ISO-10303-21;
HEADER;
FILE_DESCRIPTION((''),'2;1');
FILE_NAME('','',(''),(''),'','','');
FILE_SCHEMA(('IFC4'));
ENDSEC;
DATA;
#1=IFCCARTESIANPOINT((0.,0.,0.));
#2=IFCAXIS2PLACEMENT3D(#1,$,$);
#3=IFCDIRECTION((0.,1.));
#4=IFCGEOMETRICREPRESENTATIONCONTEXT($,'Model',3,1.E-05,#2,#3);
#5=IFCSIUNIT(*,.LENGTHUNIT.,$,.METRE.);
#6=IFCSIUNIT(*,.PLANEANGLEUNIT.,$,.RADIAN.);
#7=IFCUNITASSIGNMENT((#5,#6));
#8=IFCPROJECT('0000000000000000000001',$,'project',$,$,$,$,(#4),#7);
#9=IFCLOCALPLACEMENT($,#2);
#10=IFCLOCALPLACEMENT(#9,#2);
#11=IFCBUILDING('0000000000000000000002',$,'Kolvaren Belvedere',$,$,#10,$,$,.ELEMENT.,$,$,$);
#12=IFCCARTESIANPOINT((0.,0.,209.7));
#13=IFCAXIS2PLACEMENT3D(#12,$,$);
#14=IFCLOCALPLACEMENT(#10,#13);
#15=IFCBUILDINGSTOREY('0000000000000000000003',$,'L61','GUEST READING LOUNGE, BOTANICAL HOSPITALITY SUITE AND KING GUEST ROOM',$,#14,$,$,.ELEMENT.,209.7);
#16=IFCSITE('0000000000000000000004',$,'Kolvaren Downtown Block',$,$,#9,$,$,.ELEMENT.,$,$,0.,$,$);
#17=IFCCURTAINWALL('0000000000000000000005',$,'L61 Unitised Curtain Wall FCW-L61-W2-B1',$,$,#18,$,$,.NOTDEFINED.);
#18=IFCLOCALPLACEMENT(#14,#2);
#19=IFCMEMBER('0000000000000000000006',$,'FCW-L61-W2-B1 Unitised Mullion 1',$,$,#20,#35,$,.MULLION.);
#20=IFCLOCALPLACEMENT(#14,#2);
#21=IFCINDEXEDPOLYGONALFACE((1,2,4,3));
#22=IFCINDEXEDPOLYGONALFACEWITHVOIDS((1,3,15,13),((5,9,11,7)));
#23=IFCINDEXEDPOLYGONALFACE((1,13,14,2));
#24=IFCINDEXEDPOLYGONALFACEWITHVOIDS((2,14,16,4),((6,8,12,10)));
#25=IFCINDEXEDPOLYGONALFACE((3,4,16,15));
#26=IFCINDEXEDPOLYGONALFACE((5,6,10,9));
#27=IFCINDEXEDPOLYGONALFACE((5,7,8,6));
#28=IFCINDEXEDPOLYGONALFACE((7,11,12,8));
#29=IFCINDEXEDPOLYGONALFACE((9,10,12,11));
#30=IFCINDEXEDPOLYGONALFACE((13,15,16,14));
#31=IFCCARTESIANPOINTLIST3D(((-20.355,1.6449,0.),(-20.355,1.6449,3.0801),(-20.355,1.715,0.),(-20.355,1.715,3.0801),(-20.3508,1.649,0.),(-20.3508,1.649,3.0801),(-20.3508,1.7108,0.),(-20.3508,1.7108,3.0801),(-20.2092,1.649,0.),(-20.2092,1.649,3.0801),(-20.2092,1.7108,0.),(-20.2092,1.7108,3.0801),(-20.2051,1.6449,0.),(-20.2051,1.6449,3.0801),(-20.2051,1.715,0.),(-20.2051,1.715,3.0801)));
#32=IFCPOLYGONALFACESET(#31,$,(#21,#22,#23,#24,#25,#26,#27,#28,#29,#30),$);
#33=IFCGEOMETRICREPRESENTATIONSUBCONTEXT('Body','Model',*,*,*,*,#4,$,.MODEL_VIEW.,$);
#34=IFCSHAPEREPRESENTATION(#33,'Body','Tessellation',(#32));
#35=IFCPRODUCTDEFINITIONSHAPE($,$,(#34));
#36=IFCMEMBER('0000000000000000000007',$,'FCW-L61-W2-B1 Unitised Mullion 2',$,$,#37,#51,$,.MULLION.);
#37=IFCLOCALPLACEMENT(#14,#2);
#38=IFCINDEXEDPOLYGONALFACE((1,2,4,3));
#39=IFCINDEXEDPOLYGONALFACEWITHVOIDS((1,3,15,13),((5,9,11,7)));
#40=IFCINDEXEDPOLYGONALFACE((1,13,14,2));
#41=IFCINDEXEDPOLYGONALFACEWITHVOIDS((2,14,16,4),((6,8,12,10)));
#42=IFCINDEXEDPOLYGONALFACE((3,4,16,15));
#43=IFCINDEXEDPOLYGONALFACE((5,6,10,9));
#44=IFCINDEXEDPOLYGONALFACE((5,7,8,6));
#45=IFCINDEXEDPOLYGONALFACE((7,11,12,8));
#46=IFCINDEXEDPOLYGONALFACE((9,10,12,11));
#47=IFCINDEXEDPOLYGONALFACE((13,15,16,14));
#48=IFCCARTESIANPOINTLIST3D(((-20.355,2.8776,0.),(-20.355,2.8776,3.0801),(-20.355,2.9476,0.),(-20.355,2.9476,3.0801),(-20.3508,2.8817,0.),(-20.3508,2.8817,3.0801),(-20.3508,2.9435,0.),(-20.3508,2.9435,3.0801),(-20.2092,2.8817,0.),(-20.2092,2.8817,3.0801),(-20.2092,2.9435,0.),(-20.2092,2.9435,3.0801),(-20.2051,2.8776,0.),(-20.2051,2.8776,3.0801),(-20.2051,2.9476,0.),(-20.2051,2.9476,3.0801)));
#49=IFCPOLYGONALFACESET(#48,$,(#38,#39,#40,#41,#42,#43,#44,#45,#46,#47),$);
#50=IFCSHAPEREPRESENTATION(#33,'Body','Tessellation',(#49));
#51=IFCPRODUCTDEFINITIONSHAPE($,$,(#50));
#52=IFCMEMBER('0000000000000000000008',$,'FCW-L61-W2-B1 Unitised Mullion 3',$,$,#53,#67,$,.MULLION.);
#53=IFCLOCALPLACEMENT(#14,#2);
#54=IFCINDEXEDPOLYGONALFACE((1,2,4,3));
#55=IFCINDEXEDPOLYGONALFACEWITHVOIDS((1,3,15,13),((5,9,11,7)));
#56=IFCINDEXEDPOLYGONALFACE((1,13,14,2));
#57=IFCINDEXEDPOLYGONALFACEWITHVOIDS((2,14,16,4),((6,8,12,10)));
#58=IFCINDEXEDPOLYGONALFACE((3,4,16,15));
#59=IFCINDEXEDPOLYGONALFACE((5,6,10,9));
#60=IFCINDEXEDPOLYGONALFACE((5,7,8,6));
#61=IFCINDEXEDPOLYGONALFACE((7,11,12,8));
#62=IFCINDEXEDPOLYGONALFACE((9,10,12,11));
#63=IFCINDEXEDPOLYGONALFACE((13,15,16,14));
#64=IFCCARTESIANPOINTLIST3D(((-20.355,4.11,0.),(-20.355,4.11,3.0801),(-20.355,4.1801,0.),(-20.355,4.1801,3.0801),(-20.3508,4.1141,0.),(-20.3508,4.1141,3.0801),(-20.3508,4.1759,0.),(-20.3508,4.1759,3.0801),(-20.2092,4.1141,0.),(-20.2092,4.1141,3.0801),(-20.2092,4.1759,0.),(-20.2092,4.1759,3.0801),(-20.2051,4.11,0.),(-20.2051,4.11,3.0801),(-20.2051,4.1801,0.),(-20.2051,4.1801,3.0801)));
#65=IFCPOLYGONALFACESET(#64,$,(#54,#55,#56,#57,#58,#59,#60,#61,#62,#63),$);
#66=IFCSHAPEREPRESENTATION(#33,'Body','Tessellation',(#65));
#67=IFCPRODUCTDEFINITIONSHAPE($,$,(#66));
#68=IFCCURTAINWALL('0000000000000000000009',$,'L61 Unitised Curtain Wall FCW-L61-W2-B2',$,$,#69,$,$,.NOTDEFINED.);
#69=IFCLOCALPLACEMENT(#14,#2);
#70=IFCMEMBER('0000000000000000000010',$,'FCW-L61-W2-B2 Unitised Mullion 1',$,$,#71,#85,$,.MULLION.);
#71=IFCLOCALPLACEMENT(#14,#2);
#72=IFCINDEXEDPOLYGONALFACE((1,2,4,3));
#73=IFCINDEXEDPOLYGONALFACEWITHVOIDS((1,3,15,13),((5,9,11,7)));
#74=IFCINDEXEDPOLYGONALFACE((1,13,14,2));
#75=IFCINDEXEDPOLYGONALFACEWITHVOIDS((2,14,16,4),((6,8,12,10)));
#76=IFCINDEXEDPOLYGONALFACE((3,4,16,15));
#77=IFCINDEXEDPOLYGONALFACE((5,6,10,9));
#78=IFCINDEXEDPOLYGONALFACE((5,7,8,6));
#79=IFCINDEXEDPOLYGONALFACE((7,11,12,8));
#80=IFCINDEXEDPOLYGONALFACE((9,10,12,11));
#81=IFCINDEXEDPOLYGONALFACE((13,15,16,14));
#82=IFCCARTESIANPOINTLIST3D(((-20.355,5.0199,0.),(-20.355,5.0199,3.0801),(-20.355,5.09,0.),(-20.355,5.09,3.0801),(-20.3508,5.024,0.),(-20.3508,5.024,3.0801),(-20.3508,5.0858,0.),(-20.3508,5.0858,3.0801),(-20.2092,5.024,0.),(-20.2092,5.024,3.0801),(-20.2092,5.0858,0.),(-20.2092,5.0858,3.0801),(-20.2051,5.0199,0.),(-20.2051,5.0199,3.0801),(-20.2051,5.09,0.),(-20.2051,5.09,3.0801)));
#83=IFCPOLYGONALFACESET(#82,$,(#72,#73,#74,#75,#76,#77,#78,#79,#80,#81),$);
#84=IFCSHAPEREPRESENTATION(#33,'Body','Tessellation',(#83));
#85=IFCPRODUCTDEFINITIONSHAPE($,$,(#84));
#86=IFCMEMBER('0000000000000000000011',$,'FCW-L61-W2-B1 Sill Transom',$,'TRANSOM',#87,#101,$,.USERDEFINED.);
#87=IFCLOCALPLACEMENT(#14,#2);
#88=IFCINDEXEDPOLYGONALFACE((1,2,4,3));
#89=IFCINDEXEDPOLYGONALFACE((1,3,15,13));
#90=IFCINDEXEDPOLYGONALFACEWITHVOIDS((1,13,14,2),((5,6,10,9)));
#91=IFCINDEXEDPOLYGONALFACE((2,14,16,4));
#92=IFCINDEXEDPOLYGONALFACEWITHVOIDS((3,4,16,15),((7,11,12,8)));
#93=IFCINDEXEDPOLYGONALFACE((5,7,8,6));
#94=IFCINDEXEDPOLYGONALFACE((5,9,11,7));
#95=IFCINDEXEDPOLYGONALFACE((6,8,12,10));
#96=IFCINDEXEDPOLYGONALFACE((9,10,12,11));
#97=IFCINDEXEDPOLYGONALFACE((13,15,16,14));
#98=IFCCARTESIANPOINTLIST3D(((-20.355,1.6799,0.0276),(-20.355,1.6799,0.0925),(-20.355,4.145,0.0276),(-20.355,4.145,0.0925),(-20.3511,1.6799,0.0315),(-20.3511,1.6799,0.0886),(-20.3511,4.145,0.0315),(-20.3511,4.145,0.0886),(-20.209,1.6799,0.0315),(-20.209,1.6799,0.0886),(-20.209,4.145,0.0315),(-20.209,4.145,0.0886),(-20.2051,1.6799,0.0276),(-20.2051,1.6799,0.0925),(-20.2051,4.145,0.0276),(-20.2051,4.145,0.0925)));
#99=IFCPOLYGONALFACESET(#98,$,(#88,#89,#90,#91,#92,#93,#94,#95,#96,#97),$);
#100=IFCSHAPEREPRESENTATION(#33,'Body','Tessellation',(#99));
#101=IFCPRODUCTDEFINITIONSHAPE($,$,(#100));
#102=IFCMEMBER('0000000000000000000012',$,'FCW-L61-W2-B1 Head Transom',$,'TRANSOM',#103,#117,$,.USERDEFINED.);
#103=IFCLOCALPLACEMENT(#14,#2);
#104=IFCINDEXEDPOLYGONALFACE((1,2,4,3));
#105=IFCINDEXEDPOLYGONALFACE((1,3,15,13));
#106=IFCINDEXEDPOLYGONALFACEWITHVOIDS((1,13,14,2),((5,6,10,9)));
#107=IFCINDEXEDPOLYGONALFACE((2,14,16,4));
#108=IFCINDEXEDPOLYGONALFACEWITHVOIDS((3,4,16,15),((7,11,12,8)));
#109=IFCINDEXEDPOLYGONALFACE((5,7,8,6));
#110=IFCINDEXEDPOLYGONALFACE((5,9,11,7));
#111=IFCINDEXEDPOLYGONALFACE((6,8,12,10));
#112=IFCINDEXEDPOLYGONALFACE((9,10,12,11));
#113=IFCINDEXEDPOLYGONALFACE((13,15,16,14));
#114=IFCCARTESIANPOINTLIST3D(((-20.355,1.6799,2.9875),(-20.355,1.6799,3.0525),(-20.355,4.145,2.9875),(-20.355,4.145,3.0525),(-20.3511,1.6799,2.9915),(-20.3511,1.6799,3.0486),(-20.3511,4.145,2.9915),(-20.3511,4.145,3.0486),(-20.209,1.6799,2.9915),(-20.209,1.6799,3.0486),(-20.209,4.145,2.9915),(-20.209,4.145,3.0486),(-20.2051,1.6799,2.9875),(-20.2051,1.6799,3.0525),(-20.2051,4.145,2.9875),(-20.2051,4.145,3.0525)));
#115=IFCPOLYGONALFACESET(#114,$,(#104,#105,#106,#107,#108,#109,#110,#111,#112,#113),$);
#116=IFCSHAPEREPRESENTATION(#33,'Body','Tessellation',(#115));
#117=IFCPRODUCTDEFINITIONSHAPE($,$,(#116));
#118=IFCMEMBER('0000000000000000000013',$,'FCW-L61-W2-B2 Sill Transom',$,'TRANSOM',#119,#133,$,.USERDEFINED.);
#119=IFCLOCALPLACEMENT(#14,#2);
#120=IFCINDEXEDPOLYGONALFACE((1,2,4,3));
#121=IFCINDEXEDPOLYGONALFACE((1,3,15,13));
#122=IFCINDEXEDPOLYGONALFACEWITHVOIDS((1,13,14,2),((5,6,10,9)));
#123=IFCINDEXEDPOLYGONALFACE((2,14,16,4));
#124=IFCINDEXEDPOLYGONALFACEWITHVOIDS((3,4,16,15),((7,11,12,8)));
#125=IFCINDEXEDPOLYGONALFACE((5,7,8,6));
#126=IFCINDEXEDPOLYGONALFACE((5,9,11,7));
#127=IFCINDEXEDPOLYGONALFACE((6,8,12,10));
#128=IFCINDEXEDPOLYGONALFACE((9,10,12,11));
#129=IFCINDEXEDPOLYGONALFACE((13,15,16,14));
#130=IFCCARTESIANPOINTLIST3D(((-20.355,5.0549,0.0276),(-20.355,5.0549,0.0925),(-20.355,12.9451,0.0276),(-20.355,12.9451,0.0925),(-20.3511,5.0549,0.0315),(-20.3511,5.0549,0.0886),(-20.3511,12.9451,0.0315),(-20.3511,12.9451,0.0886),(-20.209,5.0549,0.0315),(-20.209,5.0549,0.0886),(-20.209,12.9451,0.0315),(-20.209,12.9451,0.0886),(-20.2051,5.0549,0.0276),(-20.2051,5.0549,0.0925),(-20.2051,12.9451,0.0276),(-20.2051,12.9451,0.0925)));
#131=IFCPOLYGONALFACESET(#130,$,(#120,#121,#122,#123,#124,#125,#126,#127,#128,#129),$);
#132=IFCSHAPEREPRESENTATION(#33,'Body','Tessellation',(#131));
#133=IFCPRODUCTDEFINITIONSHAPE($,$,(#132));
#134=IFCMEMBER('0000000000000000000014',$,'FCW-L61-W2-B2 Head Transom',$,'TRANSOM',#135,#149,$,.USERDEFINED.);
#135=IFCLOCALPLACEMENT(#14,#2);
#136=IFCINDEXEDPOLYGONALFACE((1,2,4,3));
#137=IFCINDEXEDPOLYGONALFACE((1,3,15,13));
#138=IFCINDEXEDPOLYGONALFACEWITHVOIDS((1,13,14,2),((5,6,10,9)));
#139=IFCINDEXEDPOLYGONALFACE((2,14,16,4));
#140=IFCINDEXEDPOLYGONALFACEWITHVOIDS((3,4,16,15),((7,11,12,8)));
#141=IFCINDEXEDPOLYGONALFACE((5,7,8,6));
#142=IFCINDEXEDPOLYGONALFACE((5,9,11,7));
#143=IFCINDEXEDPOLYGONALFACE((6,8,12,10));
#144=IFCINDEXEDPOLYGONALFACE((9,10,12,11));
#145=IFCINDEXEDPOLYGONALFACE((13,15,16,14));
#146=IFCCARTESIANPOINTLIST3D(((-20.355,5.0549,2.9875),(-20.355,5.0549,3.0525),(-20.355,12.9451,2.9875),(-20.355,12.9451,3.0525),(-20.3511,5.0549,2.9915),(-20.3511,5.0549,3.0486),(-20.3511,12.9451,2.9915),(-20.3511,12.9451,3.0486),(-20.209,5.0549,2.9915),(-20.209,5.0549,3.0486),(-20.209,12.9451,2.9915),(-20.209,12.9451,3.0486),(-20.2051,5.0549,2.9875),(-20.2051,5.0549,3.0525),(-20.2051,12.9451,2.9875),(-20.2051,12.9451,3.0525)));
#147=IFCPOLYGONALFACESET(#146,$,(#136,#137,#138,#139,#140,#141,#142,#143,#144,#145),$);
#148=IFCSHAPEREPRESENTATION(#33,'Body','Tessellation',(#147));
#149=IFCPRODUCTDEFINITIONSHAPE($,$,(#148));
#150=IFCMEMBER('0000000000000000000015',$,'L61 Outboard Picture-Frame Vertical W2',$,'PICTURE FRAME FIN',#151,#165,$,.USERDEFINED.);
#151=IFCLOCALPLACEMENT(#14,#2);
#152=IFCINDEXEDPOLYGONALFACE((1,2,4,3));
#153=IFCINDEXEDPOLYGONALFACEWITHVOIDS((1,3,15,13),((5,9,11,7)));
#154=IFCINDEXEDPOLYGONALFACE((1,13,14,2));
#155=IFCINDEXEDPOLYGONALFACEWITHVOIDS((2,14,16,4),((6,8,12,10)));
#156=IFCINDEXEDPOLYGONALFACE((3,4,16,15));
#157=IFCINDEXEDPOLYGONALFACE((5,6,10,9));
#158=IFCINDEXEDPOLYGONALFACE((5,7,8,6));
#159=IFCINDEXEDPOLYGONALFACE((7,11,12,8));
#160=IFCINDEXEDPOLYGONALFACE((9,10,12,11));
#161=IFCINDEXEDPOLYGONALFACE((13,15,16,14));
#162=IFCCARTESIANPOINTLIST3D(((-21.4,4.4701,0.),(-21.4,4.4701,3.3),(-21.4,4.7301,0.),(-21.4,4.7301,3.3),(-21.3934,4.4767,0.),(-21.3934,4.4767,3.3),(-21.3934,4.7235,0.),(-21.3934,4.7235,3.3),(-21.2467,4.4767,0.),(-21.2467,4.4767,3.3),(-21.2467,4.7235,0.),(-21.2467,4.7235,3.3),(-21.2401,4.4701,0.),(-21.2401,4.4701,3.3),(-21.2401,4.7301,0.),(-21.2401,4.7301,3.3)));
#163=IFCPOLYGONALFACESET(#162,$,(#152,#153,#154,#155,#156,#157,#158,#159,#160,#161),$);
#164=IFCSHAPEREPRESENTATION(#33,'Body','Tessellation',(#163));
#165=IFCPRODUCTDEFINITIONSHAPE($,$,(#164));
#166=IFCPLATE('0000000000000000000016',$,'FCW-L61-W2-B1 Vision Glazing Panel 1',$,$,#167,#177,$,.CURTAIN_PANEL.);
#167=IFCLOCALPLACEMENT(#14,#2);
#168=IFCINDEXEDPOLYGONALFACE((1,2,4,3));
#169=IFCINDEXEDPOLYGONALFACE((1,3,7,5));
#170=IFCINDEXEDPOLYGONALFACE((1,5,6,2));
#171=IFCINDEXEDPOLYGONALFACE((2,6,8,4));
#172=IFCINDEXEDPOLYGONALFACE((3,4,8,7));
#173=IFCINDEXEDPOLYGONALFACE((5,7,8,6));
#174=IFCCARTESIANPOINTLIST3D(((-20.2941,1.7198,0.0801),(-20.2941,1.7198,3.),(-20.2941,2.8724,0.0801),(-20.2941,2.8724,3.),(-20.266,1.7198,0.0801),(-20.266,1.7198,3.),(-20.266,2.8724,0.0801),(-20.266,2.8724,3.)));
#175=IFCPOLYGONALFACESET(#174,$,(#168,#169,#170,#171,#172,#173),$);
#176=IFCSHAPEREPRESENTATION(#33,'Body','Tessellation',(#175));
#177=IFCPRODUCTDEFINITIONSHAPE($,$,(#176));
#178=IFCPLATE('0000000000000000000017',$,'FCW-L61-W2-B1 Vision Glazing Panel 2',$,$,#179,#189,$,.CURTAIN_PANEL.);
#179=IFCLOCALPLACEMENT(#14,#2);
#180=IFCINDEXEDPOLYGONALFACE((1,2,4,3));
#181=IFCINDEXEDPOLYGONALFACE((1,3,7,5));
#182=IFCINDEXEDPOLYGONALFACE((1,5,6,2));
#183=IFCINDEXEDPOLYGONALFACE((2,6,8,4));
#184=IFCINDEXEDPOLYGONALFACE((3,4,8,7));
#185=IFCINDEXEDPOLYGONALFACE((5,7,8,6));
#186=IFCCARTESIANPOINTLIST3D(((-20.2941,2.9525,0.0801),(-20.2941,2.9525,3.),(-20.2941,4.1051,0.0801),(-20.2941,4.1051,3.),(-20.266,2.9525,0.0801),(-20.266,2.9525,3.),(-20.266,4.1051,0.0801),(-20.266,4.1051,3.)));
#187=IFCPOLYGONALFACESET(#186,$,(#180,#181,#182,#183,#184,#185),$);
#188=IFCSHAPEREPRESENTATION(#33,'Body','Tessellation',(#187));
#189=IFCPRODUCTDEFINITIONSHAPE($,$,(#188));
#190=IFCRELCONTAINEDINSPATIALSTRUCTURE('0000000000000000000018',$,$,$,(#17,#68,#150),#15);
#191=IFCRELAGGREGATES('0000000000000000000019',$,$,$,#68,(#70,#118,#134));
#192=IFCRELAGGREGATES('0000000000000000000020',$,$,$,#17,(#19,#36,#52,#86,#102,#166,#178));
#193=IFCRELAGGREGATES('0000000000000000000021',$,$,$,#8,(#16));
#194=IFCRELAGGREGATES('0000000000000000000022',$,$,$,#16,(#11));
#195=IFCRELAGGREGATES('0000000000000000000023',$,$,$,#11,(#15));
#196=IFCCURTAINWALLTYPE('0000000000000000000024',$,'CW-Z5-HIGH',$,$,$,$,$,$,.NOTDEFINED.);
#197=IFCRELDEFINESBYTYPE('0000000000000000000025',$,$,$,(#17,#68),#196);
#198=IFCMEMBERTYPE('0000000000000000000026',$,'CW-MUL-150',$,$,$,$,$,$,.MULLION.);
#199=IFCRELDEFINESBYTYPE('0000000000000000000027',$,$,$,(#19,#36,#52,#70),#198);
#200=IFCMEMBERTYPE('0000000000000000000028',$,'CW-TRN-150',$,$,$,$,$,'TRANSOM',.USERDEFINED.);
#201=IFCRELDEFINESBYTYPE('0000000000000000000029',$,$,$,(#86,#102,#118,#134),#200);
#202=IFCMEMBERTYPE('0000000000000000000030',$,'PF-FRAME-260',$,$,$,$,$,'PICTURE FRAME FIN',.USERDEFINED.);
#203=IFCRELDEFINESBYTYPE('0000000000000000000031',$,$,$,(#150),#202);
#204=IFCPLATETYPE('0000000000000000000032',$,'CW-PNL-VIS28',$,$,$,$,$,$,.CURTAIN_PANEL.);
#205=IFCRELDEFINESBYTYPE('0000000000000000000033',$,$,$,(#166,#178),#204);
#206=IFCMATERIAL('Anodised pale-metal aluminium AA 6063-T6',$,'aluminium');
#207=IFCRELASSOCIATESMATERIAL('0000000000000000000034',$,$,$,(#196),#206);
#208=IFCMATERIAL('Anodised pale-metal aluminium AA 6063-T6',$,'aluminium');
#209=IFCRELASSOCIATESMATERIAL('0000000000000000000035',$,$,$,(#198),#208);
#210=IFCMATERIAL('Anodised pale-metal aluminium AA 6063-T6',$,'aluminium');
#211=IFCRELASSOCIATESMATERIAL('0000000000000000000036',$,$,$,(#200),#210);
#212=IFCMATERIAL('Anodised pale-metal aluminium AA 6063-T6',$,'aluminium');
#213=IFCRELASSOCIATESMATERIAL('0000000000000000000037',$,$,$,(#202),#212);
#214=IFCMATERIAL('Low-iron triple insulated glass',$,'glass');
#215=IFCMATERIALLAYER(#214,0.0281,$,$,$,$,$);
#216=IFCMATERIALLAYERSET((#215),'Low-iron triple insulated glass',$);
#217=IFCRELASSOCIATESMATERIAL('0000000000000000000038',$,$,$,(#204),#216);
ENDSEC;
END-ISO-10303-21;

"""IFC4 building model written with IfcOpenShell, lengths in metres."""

from ifc_helpers import new_model, si_unit, direction, frame, origin, origin_2d, place, context, subcontext, project, spatial, rectangle, hollow_rectangle, extrude, material, layer, layer_set, material_profile, profile_set, type_object, element, aggregate, save


model = new_model("IFC4")

# Units and contexts
model_context = context("Model", 3, precision=1e-05, world=origin(), true_north=direction((0.0, 1.0)))
body_context = subcontext(model_context, "Body", "Model", "MODEL_VIEW")
ifc_project = project(units=[si_unit("LENGTHUNIT", "METRE"), si_unit("PLANEANGLEUNIT", "RADIAN")], contexts=[model_context])

# Site, building, storey
site_placement = place(None, origin())
site = spatial("IfcSite", under=ifc_project, at=site_placement, Name="Kolvaren Downtown Block", CompositionType="ELEMENT", RefElevation=0.0)
building_placement = place(site_placement, origin())
building = spatial("IfcBuilding", under=site, at=building_placement, Name="Kolvaren Belvedere", CompositionType="ELEMENT")
storey_placement = place(building_placement, frame((0.0, 0.0, 209.7)))
storey = spatial("IfcBuildingStorey", under=building, at=storey_placement, Name="L61", Description="GUEST READING LOUNGE, BOTANICAL HOSPITALITY SUITE AND KING GUEST ROOM", CompositionType="ELEMENT", Elevation=209.7)

# Curtain wall, members
ifc_material_1 = material(Name="Anodised pale-metal aluminium AA 6063-T6", Category="aluminium")
curtain_wall_type = type_object("IfcCurtainWallType", Name="CW-Z5-HIGH", PredefinedType="NOTDEFINED", material=ifc_material_1)
curtain_wall_1_placement = place(storey_placement, origin())
curtain_wall_1 = element("IfcCurtainWall", 1, at=curtain_wall_1_placement, inside=storey, type_object=curtain_wall_type, Name="L61 Unitised Curtain Wall FCW-L61-W2-B1", PredefinedType="NOTDEFINED")
ifc_material_2 = material(Name="Anodised pale-metal aluminium AA 6063-T6", Category="aluminium")
ifc_material_profile_1 = material_profile(ifc_material_2, hollow_rectangle(XDim=0.0701, YDim=0.1499, WallThickness=0.0042, at=origin_2d()), Name="ALU-MUL-150X70")
ifc_profile_set_1 = profile_set([ifc_material_profile_1], Name="Anodised pale-metal aluminium AA 6063-T6")
member_type_1 = type_object("IfcMemberType", Name="CW-MUL-150", PredefinedType="MULLION", material=ifc_profile_set_1)
member_1_placement = place(storey_placement, frame((-20.28, 1.6799, 0.0), z_axis=(0.0, 0.0, 1.0), x_axis=(0.0, 1.0, 0.0)))
member_1 = element("IfcMember", 2, at=member_1_placement, type_object=member_type_1, Name="FCW-L61-W2-B1 Unitised Mullion 1", PredefinedType="MULLION", context=body_context, shape_type="SweptSolid", body=[
    extrude(hollow_rectangle(XDim=0.0701, YDim=0.1499, WallThickness=0.0042, at=origin_2d()), origin(), (0.0, 0.0, 1.0), 3.0801),
])
member_2_placement = place(storey_placement, frame((-20.28, 2.9126, 0.0), z_axis=(0.0, 0.0, 1.0), x_axis=(0.0, 1.0, 0.0)))
member_2 = element("IfcMember", 3, at=member_2_placement, type_object=member_type_1, Name="FCW-L61-W2-B1 Unitised Mullion 2", PredefinedType="MULLION", context=body_context, shape_type="SweptSolid", body=[
    extrude(hollow_rectangle(XDim=0.0701, YDim=0.1499, WallThickness=0.0042, at=origin_2d()), origin(), (0.0, 0.0, 1.0), 3.0801),
])
member_3_placement = place(storey_placement, frame((-20.28, 4.145, 0.0), z_axis=(0.0, 0.0, 1.0), x_axis=(0.0, 1.0, 0.0)))
member_3 = element("IfcMember", 4, at=member_3_placement, type_object=member_type_1, Name="FCW-L61-W2-B1 Unitised Mullion 3", PredefinedType="MULLION", context=body_context, shape_type="SweptSolid", body=[
    extrude(hollow_rectangle(XDim=0.0701, YDim=0.1499, WallThickness=0.0042, at=origin_2d()), origin(), (0.0, 0.0, 1.0), 3.0801),
])

# Curtain wall, member
curtain_wall_2_placement = place(storey_placement, origin())
curtain_wall_2 = element("IfcCurtainWall", 5, at=curtain_wall_2_placement, inside=storey, type_object=curtain_wall_type, Name="L61 Unitised Curtain Wall FCW-L61-W2-B2", PredefinedType="NOTDEFINED")
member_4_placement = place(storey_placement, frame((-20.28, 5.0549, 0.0), z_axis=(0.0, 0.0, 1.0), x_axis=(0.0, 1.0, 0.0)))
member_4 = element("IfcMember", 6, at=member_4_placement, type_object=member_type_1, Name="FCW-L61-W2-B2 Unitised Mullion 1", PredefinedType="MULLION", context=body_context, shape_type="SweptSolid", body=[
    extrude(hollow_rectangle(XDim=0.0701, YDim=0.1499, WallThickness=0.0042, at=origin_2d()), origin(), (0.0, 0.0, 1.0), 3.0801),
])

# Members
ifc_material_3 = material(Name="Anodised pale-metal aluminium AA 6063-T6", Category="aluminium")
ifc_material_profile_2 = material_profile(ifc_material_3, hollow_rectangle(XDim=0.0649, YDim=0.1499, WallThickness=0.0039, at=origin_2d()), Name="ALU-TRN-150X65")
ifc_profile_set_2 = profile_set([ifc_material_profile_2], Name="Anodised pale-metal aluminium AA 6063-T6")
member_type_2 = type_object("IfcMemberType", Name="CW-TRN-150", ElementType="TRANSOM", PredefinedType="USERDEFINED", material=ifc_profile_set_2)
member_5_placement = place(storey_placement, frame((-20.28, 1.6799, 0.0601), z_axis=(0.0, 1.0, 0.0), x_axis=(0.0, 0.0, 1.0)))
member_5 = element("IfcMember", 7, at=member_5_placement, type_object=member_type_2, Name="FCW-L61-W2-B1 Sill Transom", ObjectType="TRANSOM", PredefinedType="USERDEFINED", context=body_context, shape_type="SweptSolid", body=[
    extrude(hollow_rectangle(XDim=0.0649, YDim=0.1499, WallThickness=0.0039, at=origin_2d()), origin(), (0.0, 0.0, 1.0), 2.4651),
])
member_6_placement = place(storey_placement, frame((-20.28, 1.6799, 3.02), z_axis=(0.0, 1.0, 0.0), x_axis=(0.0, 0.0, 1.0)))
member_6 = element("IfcMember", 8, at=member_6_placement, type_object=member_type_2, Name="FCW-L61-W2-B1 Head Transom", ObjectType="TRANSOM", PredefinedType="USERDEFINED", context=body_context, shape_type="SweptSolid", body=[
    extrude(hollow_rectangle(XDim=0.0649, YDim=0.1499, WallThickness=0.0039, at=origin_2d()), origin(), (0.0, 0.0, 1.0), 2.4651),
])
member_7_placement = place(storey_placement, frame((-20.28, 5.0549, 0.0601), z_axis=(0.0, 1.0, 0.0), x_axis=(0.0, 0.0, 1.0)))
member_7 = element("IfcMember", 9, at=member_7_placement, type_object=member_type_2, Name="FCW-L61-W2-B2 Sill Transom", ObjectType="TRANSOM", PredefinedType="USERDEFINED", context=body_context, shape_type="SweptSolid", body=[
    extrude(hollow_rectangle(XDim=0.0649, YDim=0.1499, WallThickness=0.0039, at=origin_2d()), origin(), (0.0, 0.0, 1.0), 7.8901),
])
member_8_placement = place(storey_placement, frame((-20.28, 5.0549, 3.02), z_axis=(0.0, 1.0, 0.0), x_axis=(0.0, 0.0, 1.0)))
member_8 = element("IfcMember", 10, at=member_8_placement, type_object=member_type_2, Name="FCW-L61-W2-B2 Head Transom", ObjectType="TRANSOM", PredefinedType="USERDEFINED", context=body_context, shape_type="SweptSolid", body=[
    extrude(hollow_rectangle(XDim=0.0649, YDim=0.1499, WallThickness=0.0039, at=origin_2d()), origin(), (0.0, 0.0, 1.0), 7.8901),
])
aggregate(curtain_wall_2, [member_4, member_7, member_8])
ifc_material_4 = material(Name="Anodised pale-metal aluminium AA 6063-T6", Category="aluminium")
ifc_material_profile_3 = material_profile(ifc_material_4, hollow_rectangle(XDim=0.1599, YDim=0.26, WallThickness=0.0066, at=origin_2d()), Name="ALU-PF-260X160")
ifc_profile_set_3 = profile_set([ifc_material_profile_3], Name="Anodised pale-metal aluminium AA 6063-T6")
member_type_3 = type_object("IfcMemberType", Name="PF-FRAME-260", ElementType="PICTURE FRAME FIN", PredefinedType="USERDEFINED", material=ifc_profile_set_3)
member_9_placement = place(storey_placement, frame((-21.3201, 4.6001, 0.0), z_axis=(0.0, 0.0, 1.0), x_axis=(1.0, 0.0, 0.0)))
element("IfcMember", 11, at=member_9_placement, inside=storey, type_object=member_type_3, Name="L61 Outboard Picture-Frame Vertical W2", ObjectType="PICTURE FRAME FIN", PredefinedType="USERDEFINED", context=body_context, shape_type="SweptSolid", body=[
    extrude(hollow_rectangle(XDim=0.1599, YDim=0.26, WallThickness=0.0066, at=origin_2d()), origin(), (0.0, 0.0, 1.0), 3.3),
])

# Plates
ifc_material_5 = material(Name="Low-iron triple insulated glass", Category="glass")
ifc_layer_1 = layer(ifc_material_5, 0.0281)
ifc_layer_set_1 = layer_set([ifc_layer_1], Name="Low-iron triple insulated glass")
plate_type_1 = type_object("IfcPlateType", Name="CW-PNL-VIS28", PredefinedType="CURTAIN_PANEL", material=ifc_layer_set_1)
plate_1_placement = place(storey_placement, frame((-20.28, 2.2961, 0.0801), z_axis=(0.0, 0.0, 1.0), x_axis=(0.0, 1.0, 0.0)))
plate_1 = element("IfcPlate", 12, at=plate_1_placement, type_object=plate_type_1, Name="FCW-L61-W2-B1 Vision Glazing Panel 1", PredefinedType="CURTAIN_PANEL", context=body_context, shape_type="SweptSolid", body=[
    extrude(rectangle(XDim=1.1526, YDim=0.0281, at=origin_2d()), origin(), (0.0, 0.0, 1.0), 2.9199),
])
plate_2_placement = place(storey_placement, frame((-20.28, 3.5288, 0.0801), z_axis=(0.0, 0.0, 1.0), x_axis=(0.0, 1.0, 0.0)))
plate_2 = element("IfcPlate", 13, at=plate_2_placement, type_object=plate_type_1, Name="FCW-L61-W2-B1 Vision Glazing Panel 2", PredefinedType="CURTAIN_PANEL", context=body_context, shape_type="SweptSolid", body=[
    extrude(rectangle(XDim=1.1526, YDim=0.0281, at=origin_2d()), origin(), (0.0, 0.0, 1.0), 2.9199),
])
aggregate(curtain_wall_1, [member_1, member_2, member_3, member_5, member_6, plate_1, plate_2])

save(model, "model.ifc")
